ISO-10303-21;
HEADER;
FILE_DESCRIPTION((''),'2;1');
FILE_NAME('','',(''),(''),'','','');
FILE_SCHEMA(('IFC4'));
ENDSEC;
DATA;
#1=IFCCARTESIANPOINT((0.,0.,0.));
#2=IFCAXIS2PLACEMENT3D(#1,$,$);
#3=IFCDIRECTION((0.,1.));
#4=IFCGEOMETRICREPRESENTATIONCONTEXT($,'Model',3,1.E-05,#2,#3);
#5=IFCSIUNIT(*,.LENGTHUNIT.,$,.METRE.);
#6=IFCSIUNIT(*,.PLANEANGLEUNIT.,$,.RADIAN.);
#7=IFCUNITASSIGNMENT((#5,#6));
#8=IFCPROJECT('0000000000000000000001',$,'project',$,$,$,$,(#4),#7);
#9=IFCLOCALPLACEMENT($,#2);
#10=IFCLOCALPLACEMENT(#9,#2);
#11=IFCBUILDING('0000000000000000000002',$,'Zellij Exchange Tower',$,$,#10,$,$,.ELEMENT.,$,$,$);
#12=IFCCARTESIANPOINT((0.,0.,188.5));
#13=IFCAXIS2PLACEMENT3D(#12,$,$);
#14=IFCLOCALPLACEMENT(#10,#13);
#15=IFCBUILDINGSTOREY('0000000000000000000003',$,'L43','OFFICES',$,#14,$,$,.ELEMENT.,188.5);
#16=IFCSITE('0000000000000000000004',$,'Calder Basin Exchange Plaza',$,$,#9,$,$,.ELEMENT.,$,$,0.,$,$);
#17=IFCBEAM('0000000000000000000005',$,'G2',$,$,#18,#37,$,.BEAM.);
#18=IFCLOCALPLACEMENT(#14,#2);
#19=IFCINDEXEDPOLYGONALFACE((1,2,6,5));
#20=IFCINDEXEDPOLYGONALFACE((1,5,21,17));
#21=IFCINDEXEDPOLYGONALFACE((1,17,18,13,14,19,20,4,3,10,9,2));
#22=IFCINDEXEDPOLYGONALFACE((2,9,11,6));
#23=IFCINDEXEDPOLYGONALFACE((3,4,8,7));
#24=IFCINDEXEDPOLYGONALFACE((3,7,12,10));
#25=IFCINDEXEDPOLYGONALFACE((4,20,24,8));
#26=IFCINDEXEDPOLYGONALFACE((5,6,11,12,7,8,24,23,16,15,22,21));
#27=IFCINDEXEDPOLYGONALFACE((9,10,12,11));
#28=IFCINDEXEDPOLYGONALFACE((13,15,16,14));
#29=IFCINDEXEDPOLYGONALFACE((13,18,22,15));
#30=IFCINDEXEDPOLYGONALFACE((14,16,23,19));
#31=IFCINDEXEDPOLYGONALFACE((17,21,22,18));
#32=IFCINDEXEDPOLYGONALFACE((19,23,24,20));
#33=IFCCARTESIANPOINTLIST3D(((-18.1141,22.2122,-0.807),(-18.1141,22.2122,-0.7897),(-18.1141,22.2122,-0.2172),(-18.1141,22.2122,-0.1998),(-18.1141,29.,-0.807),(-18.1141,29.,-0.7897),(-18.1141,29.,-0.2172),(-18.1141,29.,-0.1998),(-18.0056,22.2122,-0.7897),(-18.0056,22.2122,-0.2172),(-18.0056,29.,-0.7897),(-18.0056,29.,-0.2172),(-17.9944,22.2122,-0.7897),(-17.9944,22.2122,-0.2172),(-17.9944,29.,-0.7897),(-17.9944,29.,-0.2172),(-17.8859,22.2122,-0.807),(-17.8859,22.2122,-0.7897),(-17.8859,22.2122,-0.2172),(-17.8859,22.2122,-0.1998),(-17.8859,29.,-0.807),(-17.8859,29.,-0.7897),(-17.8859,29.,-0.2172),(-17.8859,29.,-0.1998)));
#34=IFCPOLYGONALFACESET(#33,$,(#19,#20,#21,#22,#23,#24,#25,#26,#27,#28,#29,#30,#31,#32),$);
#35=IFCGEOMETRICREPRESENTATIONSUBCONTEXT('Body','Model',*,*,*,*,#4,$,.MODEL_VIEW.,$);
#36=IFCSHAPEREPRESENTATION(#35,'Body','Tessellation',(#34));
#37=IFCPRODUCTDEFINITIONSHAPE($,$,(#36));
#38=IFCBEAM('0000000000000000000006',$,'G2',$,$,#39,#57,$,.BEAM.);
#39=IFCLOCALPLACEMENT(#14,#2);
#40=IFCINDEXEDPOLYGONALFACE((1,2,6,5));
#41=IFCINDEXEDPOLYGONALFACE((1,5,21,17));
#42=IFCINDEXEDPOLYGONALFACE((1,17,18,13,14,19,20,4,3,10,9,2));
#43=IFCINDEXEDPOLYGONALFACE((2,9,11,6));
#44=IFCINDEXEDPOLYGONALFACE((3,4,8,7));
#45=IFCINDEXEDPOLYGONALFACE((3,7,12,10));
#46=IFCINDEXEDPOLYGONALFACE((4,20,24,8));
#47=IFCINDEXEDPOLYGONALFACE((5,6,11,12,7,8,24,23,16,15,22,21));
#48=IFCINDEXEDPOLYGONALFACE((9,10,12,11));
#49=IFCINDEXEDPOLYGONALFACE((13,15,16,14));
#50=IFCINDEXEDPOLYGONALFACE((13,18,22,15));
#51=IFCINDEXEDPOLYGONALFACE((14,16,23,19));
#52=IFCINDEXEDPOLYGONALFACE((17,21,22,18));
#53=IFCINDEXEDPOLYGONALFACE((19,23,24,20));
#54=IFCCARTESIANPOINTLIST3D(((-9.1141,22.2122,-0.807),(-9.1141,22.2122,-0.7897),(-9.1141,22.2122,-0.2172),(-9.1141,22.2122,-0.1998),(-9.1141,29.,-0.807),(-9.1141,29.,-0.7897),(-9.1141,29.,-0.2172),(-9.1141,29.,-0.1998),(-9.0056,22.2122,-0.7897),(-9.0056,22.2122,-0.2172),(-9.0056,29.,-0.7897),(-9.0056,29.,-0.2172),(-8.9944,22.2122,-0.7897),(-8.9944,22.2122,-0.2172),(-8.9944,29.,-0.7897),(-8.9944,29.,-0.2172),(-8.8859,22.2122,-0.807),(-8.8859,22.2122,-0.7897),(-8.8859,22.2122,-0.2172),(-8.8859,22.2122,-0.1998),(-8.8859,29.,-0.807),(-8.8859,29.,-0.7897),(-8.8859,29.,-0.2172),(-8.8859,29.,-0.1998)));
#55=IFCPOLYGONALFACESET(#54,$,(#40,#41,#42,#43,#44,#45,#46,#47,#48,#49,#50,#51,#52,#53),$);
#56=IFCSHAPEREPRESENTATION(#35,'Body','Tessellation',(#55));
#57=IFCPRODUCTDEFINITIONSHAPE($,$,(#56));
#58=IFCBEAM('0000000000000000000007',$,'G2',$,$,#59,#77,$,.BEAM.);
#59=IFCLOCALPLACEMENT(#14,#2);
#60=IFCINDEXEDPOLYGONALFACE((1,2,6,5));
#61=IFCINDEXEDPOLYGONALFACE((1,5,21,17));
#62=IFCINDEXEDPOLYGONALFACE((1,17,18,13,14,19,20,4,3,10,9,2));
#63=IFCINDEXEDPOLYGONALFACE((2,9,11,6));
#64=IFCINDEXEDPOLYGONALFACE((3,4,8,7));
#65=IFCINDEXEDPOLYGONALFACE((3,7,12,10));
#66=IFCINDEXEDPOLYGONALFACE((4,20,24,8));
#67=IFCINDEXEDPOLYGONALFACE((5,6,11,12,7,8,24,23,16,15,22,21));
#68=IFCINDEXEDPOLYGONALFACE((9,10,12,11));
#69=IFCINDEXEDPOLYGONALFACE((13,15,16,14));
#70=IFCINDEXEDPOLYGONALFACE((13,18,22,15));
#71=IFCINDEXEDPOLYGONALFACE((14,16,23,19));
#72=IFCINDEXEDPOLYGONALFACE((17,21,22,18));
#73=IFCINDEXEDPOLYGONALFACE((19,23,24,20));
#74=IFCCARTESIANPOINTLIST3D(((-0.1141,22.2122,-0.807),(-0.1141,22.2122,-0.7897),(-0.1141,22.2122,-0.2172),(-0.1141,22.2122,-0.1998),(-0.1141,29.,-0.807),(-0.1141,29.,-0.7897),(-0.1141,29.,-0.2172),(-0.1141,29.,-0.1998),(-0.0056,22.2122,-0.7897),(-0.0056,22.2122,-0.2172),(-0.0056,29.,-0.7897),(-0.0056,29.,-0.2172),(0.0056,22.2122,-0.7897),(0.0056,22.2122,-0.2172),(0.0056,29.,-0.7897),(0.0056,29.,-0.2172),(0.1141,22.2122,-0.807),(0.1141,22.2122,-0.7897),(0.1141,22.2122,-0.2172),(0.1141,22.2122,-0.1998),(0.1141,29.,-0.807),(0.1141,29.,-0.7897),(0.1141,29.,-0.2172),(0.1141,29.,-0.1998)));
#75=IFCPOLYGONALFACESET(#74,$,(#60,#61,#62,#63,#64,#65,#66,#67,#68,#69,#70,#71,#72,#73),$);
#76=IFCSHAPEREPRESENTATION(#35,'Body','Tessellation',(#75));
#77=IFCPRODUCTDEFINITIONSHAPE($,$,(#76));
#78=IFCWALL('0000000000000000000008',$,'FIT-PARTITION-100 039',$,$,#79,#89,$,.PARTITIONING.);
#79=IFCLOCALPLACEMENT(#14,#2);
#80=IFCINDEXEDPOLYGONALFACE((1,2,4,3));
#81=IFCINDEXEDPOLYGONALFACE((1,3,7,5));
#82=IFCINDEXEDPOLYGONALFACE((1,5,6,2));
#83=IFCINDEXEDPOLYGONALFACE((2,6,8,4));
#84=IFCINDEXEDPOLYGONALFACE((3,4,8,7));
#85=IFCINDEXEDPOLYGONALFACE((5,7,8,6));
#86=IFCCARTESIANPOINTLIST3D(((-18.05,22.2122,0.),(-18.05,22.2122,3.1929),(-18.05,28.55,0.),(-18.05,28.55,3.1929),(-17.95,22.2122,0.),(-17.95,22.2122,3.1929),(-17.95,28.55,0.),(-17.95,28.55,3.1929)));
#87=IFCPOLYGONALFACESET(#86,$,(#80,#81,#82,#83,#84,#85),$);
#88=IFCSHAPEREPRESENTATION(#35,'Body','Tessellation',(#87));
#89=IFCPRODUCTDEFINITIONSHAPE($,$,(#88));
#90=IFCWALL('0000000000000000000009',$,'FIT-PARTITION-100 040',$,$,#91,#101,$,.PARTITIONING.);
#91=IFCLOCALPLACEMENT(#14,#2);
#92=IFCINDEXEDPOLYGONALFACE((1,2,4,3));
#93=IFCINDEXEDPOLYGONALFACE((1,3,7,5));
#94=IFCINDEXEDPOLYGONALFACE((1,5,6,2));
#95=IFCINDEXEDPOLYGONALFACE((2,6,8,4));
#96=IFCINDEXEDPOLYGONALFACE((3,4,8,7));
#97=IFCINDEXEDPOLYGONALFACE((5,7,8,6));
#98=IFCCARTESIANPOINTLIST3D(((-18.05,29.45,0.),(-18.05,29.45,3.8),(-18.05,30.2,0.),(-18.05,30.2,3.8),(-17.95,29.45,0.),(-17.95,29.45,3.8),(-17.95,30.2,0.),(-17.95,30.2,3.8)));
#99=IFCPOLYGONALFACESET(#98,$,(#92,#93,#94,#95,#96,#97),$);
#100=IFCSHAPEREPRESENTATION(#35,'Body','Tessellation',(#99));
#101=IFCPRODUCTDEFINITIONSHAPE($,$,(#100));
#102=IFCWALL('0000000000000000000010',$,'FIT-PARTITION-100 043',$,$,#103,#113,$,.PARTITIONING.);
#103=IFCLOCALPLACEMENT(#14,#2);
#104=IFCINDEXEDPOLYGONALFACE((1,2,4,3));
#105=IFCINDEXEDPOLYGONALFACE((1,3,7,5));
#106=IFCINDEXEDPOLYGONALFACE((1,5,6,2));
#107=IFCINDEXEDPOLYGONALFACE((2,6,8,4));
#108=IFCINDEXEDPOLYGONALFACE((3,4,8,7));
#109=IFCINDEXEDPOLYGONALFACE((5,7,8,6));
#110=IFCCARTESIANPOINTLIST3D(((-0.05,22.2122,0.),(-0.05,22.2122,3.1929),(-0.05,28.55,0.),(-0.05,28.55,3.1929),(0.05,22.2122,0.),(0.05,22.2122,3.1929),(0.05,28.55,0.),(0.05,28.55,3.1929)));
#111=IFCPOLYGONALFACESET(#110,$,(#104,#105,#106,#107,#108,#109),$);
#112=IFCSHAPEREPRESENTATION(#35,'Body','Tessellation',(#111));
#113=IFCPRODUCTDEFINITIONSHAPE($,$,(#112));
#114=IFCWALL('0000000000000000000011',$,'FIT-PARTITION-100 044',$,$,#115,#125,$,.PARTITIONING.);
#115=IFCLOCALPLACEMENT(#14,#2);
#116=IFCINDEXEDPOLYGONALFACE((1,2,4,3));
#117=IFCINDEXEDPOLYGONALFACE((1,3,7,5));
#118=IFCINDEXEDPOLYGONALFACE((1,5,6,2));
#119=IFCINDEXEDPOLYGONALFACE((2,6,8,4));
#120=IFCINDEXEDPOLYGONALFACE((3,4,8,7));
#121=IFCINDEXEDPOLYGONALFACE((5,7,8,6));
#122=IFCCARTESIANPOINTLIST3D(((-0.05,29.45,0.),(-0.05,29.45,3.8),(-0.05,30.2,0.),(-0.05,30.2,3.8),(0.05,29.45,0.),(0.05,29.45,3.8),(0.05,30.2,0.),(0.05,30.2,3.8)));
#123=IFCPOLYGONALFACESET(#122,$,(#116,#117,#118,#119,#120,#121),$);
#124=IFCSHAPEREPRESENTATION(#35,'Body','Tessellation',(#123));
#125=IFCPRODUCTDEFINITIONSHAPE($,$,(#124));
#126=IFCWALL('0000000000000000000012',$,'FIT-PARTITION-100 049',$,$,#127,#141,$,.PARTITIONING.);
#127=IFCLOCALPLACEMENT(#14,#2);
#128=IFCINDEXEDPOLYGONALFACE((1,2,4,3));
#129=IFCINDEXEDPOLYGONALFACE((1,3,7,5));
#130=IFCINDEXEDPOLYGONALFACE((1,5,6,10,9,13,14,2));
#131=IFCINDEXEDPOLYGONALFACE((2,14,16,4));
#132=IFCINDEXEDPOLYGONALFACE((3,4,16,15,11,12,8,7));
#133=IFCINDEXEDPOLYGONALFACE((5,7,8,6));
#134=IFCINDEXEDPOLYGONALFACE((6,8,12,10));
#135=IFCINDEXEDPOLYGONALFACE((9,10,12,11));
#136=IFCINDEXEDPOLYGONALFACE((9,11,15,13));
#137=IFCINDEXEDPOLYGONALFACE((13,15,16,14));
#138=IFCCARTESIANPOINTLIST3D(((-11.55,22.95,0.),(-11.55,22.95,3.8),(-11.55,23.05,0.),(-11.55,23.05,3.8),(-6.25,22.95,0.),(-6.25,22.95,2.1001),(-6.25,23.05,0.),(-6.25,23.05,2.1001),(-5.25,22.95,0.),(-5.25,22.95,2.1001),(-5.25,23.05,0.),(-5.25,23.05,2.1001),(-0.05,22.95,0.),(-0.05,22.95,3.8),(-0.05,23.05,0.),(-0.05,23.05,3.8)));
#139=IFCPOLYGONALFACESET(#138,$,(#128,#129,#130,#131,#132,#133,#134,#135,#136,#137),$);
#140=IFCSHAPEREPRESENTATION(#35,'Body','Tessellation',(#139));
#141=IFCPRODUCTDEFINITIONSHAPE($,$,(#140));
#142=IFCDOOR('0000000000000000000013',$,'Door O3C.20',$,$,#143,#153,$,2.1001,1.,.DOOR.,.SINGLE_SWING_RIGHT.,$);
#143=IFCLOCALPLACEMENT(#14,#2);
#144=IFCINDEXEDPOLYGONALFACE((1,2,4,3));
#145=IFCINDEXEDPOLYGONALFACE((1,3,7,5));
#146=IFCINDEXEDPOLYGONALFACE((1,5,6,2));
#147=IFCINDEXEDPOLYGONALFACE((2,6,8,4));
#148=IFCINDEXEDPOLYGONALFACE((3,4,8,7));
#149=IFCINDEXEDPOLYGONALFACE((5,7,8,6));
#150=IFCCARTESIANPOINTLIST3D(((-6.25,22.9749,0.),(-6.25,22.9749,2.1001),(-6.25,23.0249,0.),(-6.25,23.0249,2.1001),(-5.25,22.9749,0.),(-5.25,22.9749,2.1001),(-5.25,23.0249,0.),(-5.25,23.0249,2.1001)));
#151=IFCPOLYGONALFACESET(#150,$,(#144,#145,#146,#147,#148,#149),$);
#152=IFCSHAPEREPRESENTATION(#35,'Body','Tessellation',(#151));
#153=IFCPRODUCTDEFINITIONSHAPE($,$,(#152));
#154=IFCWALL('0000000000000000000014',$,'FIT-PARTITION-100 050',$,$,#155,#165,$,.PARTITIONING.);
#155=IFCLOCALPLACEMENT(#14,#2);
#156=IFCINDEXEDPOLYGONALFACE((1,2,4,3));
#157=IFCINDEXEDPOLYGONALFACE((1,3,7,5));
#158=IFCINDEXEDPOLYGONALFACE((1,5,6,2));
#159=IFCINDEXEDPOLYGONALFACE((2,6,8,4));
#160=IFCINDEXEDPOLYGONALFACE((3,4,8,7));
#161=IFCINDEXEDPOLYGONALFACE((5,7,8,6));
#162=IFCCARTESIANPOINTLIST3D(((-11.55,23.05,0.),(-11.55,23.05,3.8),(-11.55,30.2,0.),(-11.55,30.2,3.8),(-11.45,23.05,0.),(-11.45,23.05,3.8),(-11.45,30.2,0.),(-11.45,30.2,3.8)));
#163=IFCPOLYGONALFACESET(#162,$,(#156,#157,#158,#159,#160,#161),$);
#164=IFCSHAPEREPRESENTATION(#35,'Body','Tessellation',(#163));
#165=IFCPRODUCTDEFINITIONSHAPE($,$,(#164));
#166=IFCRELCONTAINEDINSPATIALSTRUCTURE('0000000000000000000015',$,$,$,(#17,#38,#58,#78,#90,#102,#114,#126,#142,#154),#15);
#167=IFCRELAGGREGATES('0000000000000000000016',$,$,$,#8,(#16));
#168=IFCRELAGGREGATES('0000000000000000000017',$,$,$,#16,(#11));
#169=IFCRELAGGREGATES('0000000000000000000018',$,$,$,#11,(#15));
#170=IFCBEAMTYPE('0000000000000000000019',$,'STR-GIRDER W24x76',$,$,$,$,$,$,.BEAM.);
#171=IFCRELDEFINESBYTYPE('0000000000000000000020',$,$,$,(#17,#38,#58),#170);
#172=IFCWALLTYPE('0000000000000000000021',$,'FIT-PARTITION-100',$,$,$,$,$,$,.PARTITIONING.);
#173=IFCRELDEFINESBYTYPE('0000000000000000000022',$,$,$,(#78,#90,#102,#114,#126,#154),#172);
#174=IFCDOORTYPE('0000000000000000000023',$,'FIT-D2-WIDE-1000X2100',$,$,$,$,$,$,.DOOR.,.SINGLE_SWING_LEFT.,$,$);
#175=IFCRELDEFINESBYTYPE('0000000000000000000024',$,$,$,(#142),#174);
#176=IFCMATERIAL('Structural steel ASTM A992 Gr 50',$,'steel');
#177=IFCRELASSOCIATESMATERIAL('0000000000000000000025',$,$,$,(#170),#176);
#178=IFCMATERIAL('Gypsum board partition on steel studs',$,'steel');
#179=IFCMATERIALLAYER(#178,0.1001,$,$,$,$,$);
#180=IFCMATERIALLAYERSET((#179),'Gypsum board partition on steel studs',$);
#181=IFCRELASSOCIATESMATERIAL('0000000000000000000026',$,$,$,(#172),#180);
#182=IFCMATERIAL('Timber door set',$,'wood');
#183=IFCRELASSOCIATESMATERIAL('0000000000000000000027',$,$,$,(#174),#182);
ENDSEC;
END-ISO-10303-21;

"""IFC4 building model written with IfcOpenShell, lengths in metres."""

from ifc_helpers import new_model, si_unit, direction, frame, frame_2d, origin, origin_2d, place, context, subcontext, project, spatial, rectangle, i_section, extrude, material, layer, layer_set, material_profile, profile_set, type_object, element, fill, save


model = new_model("IFC4")

# Units and contexts
model_context = context("Model", 3, precision=1e-05, world=origin(), true_north=direction((0.0, 1.0)))
body_context = subcontext(model_context, "Body", "Model", "MODEL_VIEW")
ifc_project = project(units=[si_unit("LENGTHUNIT", "METRE"), si_unit("PLANEANGLEUNIT", "RADIAN")], contexts=[model_context])

# Site, building, storey
site_placement = place(None, origin())
site = spatial("IfcSite", under=ifc_project, at=site_placement, Name="Calder Basin Exchange Plaza", CompositionType="ELEMENT", RefElevation=0.0)
building_placement = place(site_placement, origin())
building = spatial("IfcBuilding", under=site, at=building_placement, Name="Zellij Exchange Tower", CompositionType="ELEMENT")
storey_placement = place(building_placement, frame((0.0, 0.0, 188.5)))
storey = spatial("IfcBuildingStorey", under=building, at=storey_placement, Name="L43", Description="OFFICES", CompositionType="ELEMENT", Elevation=188.5)

# Beams
ifc_material_1 = material(Name="Structural steel ASTM A992 Gr 50", Category="steel")
ifc_material_profile_1 = material_profile(ifc_material_1, i_section(OverallWidth=0.2283, OverallDepth=0.6072, WebThickness=0.0112, FlangeThickness=0.0173, at=origin_2d()), Name="W24x76")
ifc_profile_set_1 = profile_set([ifc_material_profile_1], Name="Structural steel ASTM A992 Gr 50")
beam_type = type_object("IfcBeamType", Name="STR-GIRDER W24x76", PredefinedType="BEAM", material=ifc_profile_set_1)
for number, where, z_axis, x_axis, name in (
    (1, (-18.0, 22.2122, -0.5034), (0.0, 1.0, 0.0), (-1.0, 0.0, 0.0), "G2"),
    (2, (-9.0, 22.2122, -0.5034), (0.0, 1.0, 0.0), (-1.0, 0.0, 0.0), "G2"),
    (3, (0.0, 22.2122, -0.5034), (0.0, 1.0, 0.0), (-1.0, 0.0, 0.0), "G2"),
):
    element("IfcBeam", number, at=place(storey_placement, frame(where, z_axis=z_axis, x_axis=x_axis)), inside=storey, type_object=beam_type, Name=name, PredefinedType="BEAM", context=body_context, shape_type="SweptSolid", body=[
        extrude(i_section(OverallWidth=0.2283, OverallDepth=0.6072, WebThickness=0.0112, FlangeThickness=0.0173, at=origin_2d()), origin(), (0.0, 0.0, 1.0), 6.7878),
    ])

# Walls
ifc_material_2 = material(Name="Gypsum board partition on steel studs", Category="steel")
ifc_layer_1 = layer(ifc_material_2, 0.1001)
ifc_layer_set_1 = layer_set([ifc_layer_1], Name="Gypsum board partition on steel studs")
wall_type = type_object("IfcWallType", Name="FIT-PARTITION-100", PredefinedType="PARTITIONING", material=ifc_layer_set_1)
wall_1_placement = place(storey_placement, frame((-18.0, 22.2122, 0.0), z_axis=(0.0, 0.0, 1.0), x_axis=(0.0, 1.0, 0.0)))
element("IfcWall", 4, at=wall_1_placement, inside=storey, type_object=wall_type, Name="FIT-PARTITION-100 039", PredefinedType="PARTITIONING", context=body_context, shape_type="SweptSolid", body=[
    extrude(rectangle(XDim=6.3379, YDim=0.1001, at=frame_2d((3.1689, 0.0))), origin(), (0.0, 0.0, 1.0), 3.1929),
])
wall_2_placement = place(storey_placement, frame((-18.0, 29.45, 0.0), z_axis=(0.0, 0.0, 1.0), x_axis=(0.0, 1.0, 0.0)))
element("IfcWall", 5, at=wall_2_placement, inside=storey, type_object=wall_type, Name="FIT-PARTITION-100 040", PredefinedType="PARTITIONING", context=body_context, shape_type="SweptSolid", body=[
    extrude(rectangle(XDim=0.75, YDim=0.1001, at=frame_2d((0.375, 0.0))), origin(), (0.0, 0.0, 1.0), 3.8),
])
wall_3_placement = place(storey_placement, frame((0.0, 22.2122, 0.0), z_axis=(0.0, 0.0, 1.0), x_axis=(0.0, 1.0, 0.0)))
element("IfcWall", 6, at=wall_3_placement, inside=storey, type_object=wall_type, Name="FIT-PARTITION-100 043", PredefinedType="PARTITIONING", context=body_context, shape_type="SweptSolid", body=[
    extrude(rectangle(XDim=6.3379, YDim=0.1001, at=frame_2d((3.1689, 0.0))), origin(), (0.0, 0.0, 1.0), 3.1929),
])
wall_4_placement = place(storey_placement, frame((0.0, 29.45, 0.0), z_axis=(0.0, 0.0, 1.0), x_axis=(0.0, 1.0, 0.0)))
element("IfcWall", 7, at=wall_4_placement, inside=storey, type_object=wall_type, Name="FIT-PARTITION-100 044", PredefinedType="PARTITIONING", context=body_context, shape_type="SweptSolid", body=[
    extrude(rectangle(XDim=0.75, YDim=0.1001, at=frame_2d((0.375, 0.0))), origin(), (0.0, 0.0, 1.0), 3.8),
])

# Wall, opening, door
wall_5_placement = place(storey_placement, frame((-11.55, 23.0, 0.0), z_axis=(0.0, 0.0, 1.0), x_axis=(1.0, 0.0, 0.0)))
wall_5 = element("IfcWall", 8, at=wall_5_placement, inside=storey, type_object=wall_type, Name="FIT-PARTITION-100 049", PredefinedType="PARTITIONING", context=body_context, shape_type="SweptSolid", body=[
    extrude(rectangle(XDim=11.5, YDim=0.1001, at=frame_2d((5.75, 0.0))), origin(), (0.0, 0.0, 1.0), 3.8),
])
opening_placement = place(wall_5_placement, frame((5.3, 0.0, 0.0)))
opening = element("IfcOpeningElement", 9, at=opening_placement, cuts=wall_5, PredefinedType="OPENING", context=body_context, shape_type="SweptSolid", body=[
    extrude(rectangle(XDim=1.0, YDim=2.1001, at=frame_2d((0.5, 1.05))), frame((0.0, 0.062, 0.0), z_axis=(0.0, -1.0, 0.0), x_axis=(1.0, 0.0, 0.0)), (0.0, 0.0, 1.0), 0.124),
])
ifc_material_3 = material(Name="Timber door set", Category="wood")
door_type = type_object("IfcDoorType", Name="FIT-D2-WIDE-1000X2100", OperationType="SINGLE_SWING_LEFT", PredefinedType="DOOR", material=ifc_material_3)
door_placement = place(opening_placement, origin())
door = element("IfcDoor", 10, at=door_placement, inside=storey, type_object=door_type, Name="Door O3C.20", OperationType="SINGLE_SWING_RIGHT", OverallHeight=2.1001, OverallWidth=1.0, PredefinedType="DOOR", context=body_context, shape_type="SweptSolid", body=[
    extrude(rectangle(XDim=1.0, YDim=2.1001, at=frame_2d((0.5, 1.05))), frame((0.0, 0.0249, 0.0), z_axis=(0.0, -1.0, 0.0), x_axis=(1.0, 0.0, 0.0)), (0.0, 0.0, 1.0), 0.05),
])
fill(opening, door)

# Wall
wall_6_placement = place(storey_placement, frame((-11.5, 23.05, 0.0), z_axis=(0.0, 0.0, 1.0), x_axis=(0.0, 1.0, 0.0)))
element("IfcWall", 11, at=wall_6_placement, inside=storey, type_object=wall_type, Name="FIT-PARTITION-100 050", PredefinedType="PARTITIONING", context=body_context, shape_type="SweptSolid", body=[
    extrude(rectangle(XDim=7.1499, YDim=0.1001, at=frame_2d((3.575, 0.0))), origin(), (0.0, 0.0, 1.0), 3.8),
])

save(model, "model.ifc")
